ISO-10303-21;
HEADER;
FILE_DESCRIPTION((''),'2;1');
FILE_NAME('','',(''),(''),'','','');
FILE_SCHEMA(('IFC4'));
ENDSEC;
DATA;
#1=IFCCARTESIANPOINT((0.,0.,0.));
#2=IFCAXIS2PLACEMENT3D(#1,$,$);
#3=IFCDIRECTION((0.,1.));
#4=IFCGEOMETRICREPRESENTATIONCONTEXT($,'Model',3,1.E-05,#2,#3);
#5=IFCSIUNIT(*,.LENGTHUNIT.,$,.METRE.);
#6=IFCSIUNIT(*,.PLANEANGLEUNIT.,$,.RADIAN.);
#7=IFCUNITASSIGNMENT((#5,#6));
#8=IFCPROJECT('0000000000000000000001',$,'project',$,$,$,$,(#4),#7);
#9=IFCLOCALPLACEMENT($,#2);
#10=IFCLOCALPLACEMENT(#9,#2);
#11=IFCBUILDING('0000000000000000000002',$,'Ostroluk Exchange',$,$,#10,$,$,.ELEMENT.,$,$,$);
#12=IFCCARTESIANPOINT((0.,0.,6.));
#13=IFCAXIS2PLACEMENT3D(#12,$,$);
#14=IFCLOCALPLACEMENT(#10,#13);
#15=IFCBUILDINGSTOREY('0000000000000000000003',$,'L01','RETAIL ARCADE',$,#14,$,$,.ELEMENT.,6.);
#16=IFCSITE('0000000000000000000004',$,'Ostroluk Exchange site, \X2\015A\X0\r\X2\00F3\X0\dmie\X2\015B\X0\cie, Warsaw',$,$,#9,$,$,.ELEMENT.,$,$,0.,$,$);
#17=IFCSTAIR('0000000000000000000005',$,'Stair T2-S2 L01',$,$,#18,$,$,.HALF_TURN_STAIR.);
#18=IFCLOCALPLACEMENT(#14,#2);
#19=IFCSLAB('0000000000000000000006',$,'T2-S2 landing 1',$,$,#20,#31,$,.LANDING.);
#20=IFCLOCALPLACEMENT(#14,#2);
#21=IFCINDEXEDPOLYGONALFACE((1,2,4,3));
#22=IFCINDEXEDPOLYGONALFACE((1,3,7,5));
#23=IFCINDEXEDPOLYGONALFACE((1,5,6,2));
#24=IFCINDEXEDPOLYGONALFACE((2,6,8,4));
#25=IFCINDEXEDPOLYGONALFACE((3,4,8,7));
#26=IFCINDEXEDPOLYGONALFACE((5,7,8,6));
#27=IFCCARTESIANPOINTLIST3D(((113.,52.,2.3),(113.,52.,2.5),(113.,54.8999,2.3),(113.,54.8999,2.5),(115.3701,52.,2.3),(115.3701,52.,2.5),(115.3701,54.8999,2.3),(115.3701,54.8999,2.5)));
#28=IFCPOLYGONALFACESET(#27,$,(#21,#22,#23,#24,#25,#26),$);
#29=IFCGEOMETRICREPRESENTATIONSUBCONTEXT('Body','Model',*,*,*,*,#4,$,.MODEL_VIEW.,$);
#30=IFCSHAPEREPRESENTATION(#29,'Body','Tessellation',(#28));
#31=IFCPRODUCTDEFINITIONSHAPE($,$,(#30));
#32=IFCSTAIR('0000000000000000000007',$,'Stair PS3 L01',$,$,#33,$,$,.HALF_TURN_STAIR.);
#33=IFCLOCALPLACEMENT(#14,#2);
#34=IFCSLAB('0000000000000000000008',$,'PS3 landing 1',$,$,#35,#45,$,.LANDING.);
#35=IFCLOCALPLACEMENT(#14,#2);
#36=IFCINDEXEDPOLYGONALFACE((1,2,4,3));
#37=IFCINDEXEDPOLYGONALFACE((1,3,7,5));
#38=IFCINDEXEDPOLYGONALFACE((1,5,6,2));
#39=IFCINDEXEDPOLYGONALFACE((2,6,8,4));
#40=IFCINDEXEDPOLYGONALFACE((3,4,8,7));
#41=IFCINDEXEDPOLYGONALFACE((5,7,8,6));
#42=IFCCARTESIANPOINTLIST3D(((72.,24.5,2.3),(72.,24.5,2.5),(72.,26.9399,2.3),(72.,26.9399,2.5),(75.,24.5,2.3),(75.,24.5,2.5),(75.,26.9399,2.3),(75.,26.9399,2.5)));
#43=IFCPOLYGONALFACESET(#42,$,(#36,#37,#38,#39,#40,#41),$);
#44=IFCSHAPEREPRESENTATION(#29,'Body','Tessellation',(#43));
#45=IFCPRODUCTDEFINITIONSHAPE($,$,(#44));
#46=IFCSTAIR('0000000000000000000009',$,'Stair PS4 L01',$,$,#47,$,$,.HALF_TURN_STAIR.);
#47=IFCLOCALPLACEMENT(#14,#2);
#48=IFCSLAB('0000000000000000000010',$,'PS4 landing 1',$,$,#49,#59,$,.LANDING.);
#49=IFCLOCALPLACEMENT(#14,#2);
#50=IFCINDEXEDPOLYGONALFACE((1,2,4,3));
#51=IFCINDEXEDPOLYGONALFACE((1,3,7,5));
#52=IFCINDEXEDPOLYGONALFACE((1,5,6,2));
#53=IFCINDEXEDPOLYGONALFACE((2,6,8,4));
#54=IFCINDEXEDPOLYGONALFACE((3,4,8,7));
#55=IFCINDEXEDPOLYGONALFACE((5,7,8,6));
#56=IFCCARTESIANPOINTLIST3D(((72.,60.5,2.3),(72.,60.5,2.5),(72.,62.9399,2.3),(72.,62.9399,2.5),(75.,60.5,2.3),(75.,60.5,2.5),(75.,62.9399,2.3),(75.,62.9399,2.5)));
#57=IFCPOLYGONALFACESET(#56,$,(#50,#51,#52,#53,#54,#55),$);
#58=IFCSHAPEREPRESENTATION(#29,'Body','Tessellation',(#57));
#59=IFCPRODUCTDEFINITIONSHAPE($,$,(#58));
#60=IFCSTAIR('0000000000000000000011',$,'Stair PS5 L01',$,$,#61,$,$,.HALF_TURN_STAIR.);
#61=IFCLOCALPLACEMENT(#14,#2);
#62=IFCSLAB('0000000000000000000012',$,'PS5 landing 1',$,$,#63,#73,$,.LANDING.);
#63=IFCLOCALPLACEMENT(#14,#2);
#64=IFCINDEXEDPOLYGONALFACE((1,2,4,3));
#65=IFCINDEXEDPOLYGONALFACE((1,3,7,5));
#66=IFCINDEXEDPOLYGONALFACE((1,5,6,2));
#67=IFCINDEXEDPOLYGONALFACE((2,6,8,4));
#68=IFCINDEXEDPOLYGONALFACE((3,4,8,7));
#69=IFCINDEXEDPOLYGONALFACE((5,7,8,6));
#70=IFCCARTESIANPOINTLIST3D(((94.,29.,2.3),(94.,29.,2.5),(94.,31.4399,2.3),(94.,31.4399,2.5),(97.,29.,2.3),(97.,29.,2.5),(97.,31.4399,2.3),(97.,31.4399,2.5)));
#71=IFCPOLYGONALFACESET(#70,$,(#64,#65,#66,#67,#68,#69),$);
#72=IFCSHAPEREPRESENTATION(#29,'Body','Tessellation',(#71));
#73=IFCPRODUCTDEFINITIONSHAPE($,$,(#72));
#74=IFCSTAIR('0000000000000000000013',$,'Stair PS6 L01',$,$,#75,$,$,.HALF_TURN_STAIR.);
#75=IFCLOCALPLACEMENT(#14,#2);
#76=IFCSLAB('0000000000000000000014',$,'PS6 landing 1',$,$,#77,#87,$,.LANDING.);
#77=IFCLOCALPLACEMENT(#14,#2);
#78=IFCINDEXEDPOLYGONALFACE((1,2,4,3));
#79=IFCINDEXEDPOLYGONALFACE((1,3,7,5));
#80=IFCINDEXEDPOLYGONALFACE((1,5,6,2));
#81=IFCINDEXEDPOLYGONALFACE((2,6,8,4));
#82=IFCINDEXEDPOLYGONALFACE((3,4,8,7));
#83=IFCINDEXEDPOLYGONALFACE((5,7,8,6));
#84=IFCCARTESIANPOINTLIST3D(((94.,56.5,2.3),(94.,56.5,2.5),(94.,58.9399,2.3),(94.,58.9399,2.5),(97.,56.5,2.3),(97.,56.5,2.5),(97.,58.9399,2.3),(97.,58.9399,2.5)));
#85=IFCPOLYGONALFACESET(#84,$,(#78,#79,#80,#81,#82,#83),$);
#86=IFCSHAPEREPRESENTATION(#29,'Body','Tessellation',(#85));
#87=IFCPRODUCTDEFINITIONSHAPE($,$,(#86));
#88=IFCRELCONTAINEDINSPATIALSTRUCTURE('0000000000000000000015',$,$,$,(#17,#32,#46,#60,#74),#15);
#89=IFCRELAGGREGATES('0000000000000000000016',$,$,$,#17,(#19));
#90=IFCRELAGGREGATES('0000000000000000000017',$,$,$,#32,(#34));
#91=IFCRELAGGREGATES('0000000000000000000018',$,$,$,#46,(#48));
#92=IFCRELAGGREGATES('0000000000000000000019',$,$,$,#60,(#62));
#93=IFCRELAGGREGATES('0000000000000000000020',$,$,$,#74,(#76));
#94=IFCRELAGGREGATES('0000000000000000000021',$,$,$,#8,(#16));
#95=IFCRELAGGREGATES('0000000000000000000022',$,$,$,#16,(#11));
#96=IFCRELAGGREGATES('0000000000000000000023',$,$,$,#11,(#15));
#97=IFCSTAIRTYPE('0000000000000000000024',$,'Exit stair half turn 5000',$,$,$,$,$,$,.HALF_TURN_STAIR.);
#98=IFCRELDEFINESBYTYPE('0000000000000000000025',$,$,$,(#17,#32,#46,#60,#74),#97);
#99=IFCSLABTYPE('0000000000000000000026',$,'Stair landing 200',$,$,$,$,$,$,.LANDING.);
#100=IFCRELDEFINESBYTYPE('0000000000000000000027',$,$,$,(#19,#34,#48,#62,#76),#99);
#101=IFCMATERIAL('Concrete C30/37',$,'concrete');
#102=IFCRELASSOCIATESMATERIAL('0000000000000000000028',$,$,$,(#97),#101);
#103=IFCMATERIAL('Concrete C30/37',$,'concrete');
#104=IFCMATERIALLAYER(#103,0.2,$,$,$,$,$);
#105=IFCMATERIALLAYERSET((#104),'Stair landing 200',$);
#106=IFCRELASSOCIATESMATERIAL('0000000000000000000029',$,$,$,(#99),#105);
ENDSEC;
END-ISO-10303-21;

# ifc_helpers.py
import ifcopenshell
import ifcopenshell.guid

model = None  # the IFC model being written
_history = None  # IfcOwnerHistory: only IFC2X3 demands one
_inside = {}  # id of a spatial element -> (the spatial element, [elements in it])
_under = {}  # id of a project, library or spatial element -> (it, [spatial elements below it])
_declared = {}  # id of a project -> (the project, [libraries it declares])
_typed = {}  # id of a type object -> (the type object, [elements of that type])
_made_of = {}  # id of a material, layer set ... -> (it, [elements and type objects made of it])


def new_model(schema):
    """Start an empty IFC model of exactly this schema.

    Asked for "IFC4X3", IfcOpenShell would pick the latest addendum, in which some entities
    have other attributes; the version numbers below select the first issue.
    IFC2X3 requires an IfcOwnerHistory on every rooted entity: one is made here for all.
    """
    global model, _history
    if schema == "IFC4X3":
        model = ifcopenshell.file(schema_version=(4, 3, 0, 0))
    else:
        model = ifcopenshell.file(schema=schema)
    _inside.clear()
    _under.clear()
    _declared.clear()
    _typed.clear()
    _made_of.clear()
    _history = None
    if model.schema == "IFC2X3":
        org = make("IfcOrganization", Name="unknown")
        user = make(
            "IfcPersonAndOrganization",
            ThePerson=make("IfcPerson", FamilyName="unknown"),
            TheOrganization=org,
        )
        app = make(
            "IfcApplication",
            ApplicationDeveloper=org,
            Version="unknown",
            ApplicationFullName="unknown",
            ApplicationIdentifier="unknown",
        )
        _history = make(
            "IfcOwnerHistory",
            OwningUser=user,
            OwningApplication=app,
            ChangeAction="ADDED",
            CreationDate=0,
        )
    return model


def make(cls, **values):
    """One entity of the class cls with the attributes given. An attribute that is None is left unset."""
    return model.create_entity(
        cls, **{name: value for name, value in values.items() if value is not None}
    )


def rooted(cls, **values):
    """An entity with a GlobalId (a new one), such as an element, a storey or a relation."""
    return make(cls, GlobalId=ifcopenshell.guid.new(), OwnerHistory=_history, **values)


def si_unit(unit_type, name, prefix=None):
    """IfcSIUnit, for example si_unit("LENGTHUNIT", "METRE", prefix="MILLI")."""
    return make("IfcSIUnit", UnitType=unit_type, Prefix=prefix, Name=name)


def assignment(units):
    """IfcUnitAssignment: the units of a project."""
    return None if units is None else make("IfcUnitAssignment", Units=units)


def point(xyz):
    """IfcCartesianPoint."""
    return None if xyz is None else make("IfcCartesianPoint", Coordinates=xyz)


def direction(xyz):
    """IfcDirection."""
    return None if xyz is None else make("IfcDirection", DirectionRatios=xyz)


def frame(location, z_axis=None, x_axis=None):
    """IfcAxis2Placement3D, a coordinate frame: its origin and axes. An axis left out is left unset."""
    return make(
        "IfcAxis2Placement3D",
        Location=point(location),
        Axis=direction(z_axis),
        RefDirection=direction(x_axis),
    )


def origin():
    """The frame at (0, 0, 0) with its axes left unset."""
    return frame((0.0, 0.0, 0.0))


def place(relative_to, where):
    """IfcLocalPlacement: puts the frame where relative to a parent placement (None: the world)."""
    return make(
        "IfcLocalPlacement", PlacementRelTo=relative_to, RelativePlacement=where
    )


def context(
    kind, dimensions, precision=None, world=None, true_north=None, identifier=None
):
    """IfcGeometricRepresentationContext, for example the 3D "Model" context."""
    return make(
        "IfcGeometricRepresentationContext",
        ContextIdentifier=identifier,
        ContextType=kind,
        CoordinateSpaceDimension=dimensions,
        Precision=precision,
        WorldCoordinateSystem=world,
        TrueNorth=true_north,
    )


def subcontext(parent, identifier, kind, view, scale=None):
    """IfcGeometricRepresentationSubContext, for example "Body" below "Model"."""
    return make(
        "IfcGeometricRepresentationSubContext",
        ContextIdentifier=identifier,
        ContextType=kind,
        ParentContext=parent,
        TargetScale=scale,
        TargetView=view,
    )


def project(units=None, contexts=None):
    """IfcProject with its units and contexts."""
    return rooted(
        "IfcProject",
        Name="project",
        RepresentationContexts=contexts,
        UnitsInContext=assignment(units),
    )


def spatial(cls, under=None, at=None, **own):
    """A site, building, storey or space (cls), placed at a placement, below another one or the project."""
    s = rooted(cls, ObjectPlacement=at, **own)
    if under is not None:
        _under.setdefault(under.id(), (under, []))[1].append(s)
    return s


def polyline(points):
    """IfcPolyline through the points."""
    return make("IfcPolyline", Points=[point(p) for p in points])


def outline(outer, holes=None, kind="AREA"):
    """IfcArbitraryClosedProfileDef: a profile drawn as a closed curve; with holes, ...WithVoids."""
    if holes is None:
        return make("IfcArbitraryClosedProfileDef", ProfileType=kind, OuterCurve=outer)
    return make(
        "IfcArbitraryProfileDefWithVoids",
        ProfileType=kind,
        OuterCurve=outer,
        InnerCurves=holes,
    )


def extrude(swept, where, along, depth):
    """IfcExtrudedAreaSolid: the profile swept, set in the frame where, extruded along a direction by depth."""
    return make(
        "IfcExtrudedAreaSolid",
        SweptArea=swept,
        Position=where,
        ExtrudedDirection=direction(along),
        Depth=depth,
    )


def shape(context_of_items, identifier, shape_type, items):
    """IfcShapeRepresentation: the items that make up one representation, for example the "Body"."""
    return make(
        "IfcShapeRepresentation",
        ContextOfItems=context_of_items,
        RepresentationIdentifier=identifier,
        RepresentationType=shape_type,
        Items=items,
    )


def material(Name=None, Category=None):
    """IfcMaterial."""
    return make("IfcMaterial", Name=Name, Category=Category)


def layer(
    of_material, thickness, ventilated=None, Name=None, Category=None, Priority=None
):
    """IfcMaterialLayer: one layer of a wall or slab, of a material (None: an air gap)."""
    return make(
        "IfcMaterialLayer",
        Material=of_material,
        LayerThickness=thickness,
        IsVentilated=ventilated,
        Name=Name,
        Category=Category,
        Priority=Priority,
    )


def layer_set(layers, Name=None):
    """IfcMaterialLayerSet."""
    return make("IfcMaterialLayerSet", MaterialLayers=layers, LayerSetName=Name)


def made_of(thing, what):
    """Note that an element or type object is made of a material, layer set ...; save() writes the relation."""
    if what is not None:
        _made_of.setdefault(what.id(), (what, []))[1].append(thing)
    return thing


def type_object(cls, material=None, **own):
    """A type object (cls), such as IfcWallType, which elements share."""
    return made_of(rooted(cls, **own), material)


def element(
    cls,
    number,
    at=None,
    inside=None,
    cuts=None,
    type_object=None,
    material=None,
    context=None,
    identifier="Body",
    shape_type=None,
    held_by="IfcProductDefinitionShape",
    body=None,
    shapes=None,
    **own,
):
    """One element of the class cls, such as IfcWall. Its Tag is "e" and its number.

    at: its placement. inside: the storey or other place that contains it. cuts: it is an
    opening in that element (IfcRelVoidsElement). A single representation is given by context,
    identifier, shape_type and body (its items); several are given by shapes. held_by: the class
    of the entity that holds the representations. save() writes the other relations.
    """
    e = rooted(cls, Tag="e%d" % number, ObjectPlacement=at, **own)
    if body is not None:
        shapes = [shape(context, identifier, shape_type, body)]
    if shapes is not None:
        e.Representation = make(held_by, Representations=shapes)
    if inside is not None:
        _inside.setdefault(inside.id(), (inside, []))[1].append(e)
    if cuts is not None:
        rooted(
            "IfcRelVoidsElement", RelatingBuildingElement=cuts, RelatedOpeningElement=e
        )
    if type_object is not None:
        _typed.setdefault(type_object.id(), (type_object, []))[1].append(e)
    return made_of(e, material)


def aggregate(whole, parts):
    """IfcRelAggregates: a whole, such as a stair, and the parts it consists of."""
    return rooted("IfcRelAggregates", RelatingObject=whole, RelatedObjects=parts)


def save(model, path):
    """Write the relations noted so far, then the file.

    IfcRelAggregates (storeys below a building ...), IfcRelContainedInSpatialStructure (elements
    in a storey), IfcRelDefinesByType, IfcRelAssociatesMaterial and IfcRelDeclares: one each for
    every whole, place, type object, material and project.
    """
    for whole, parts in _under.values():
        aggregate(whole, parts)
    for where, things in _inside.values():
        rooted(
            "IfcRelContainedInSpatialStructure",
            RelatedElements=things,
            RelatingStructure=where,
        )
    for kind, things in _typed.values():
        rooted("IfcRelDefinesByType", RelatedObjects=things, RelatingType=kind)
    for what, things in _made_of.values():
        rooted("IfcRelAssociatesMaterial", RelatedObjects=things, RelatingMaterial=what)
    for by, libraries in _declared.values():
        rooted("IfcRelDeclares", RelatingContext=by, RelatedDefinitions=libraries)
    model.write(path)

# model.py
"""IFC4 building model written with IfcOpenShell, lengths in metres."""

from ifc_helpers import new_model, si_unit, direction, frame, origin, place, context, subcontext, project, spatial, polyline, outline, extrude, material, layer, layer_set, type_object, element, aggregate, save


model = new_model("IFC4")

# Units and contexts
model_context = context("Model", 3, precision=1e-05, world=origin(), true_north=direction((0.0, 1.0)))
body_context = subcontext(model_context, "Body", "Model", "MODEL_VIEW")
ifc_project = project(units=[si_unit("LENGTHUNIT", "METRE"), si_unit("PLANEANGLEUNIT", "RADIAN")], contexts=[model_context])

# Site, building, storey
site_placement = place(None, origin())
site = spatial("IfcSite", under=ifc_project, at=site_placement, Name="Ostroluk Exchange site, Śródmieście, Warsaw", CompositionType="ELEMENT", RefElevation=0.0)
building_placement = place(site_placement, origin())
building = spatial("IfcBuilding", under=site, at=building_placement, Name="Ostroluk Exchange", CompositionType="ELEMENT")
storey_placement = place(building_placement, frame((0.0, 0.0, 6.0)))
storey = spatial("IfcBuildingStorey", under=building, at=storey_placement, Name="L01", Description="RETAIL ARCADE", CompositionType="ELEMENT", Elevation=6.0)

# Stairs, slabs
ifc_material_1 = material(Name="Concrete C30/37", Category="concrete")
stair_type = type_object("IfcStairType", Name="Exit stair half turn 5000", PredefinedType="HALF_TURN_STAIR", material=ifc_material_1)
stair_1_placement = place(storey_placement, origin())
stair_1 = element("IfcStair", 1, at=stair_1_placement, inside=storey, type_object=stair_type, Name="Stair T2-S2 L01", PredefinedType="HALF_TURN_STAIR")
ifc_material_2 = material(Name="Concrete C30/37", Category="concrete")
ifc_layer = layer(ifc_material_2, 0.2)
ifc_layer_set = layer_set([ifc_layer], Name="Stair landing 200")
slab_type = type_object("IfcSlabType", Name="Stair landing 200", PredefinedType="LANDING", material=ifc_layer_set)
slab_1_placement = place(storey_placement, frame((0.0, 0.0, 2.3)))
slab_1 = element("IfcSlab", 2, at=slab_1_placement, type_object=slab_type, Name="T2-S2 landing 1", PredefinedType="LANDING", context=body_context, shape_type="SweptSolid", body=[
    extrude(outline(polyline([(115.3701, 52.0), (115.3701, 54.8999), (113.0, 54.8999), (113.0, 52.0), (115.3701, 52.0)])), origin(), (0.0, 0.0, 1.0), 0.2),
])
aggregate(stair_1, [slab_1])
stair_2_placement = place(storey_placement, origin())
stair_2 = element("IfcStair", 3, at=stair_2_placement, inside=storey, type_object=stair_type, Name="Stair PS3 L01", PredefinedType="HALF_TURN_STAIR")
slab_2_placement = place(storey_placement, frame((0.0, 0.0, 2.3)))
slab_2 = element("IfcSlab", 4, at=slab_2_placement, type_object=slab_type, Name="PS3 landing 1", PredefinedType="LANDING", context=body_context, shape_type="SweptSolid", body=[
    extrude(outline(polyline([(72.0, 26.9399), (75.0, 26.9399), (75.0, 24.5), (72.0, 24.5), (72.0, 26.9399)])), origin(), (0.0, 0.0, 1.0), 0.2),
])
aggregate(stair_2, [slab_2])
stair_3_placement = place(storey_placement, origin())
stair_3 = element("IfcStair", 5, at=stair_3_placement, inside=storey, type_object=stair_type, Name="Stair PS4 L01", PredefinedType="HALF_TURN_STAIR")
slab_3_placement = place(storey_placement, frame((0.0, 0.0, 2.3)))
slab_3 = element("IfcSlab", 6, at=slab_3_placement, type_object=slab_type, Name="PS4 landing 1", PredefinedType="LANDING", context=body_context, shape_type="SweptSolid", body=[
    extrude(outline(polyline([(72.0, 62.9399), (75.0, 62.9399), (75.0, 60.5), (72.0, 60.5), (72.0, 62.9399)])), origin(), (0.0, 0.0, 1.0), 0.2),
])
aggregate(stair_3, [slab_3])
stair_4_placement = place(storey_placement, origin())
stair_4 = element("IfcStair", 7, at=stair_4_placement, inside=storey, type_object=stair_type, Name="Stair PS5 L01", PredefinedType="HALF_TURN_STAIR")
slab_4_placement = place(storey_placement, frame((0.0, 0.0, 2.3)))
slab_4 = element("IfcSlab", 8, at=slab_4_placement, type_object=slab_type, Name="PS5 landing 1", PredefinedType="LANDING", context=body_context, shape_type="SweptSolid", body=[
    extrude(outline(polyline([(94.0, 31.4399), (97.0, 31.4399), (97.0, 29.0), (94.0, 29.0), (94.0, 31.4399)])), origin(), (0.0, 0.0, 1.0), 0.2),
])
aggregate(stair_4, [slab_4])
stair_5_placement = place(storey_placement, origin())
stair_5 = element("IfcStair", 9, at=stair_5_placement, inside=storey, type_object=stair_type, Name="Stair PS6 L01", PredefinedType="HALF_TURN_STAIR")
slab_5_placement = place(storey_placement, frame((0.0, 0.0, 2.3)))
slab_5 = element("IfcSlab", 10, at=slab_5_placement, type_object=slab_type, Name="PS6 landing 1", PredefinedType="LANDING", context=body_context, shape_type="SweptSolid", body=[
    extrude(outline(polyline([(94.0, 58.9399), (97.0, 58.9399), (97.0, 56.5), (94.0, 56.5), (94.0, 58.9399)])), origin(), (0.0, 0.0, 1.0), 0.2),
])
aggregate(stair_5, [slab_5])

save(model, "model.ifc")
